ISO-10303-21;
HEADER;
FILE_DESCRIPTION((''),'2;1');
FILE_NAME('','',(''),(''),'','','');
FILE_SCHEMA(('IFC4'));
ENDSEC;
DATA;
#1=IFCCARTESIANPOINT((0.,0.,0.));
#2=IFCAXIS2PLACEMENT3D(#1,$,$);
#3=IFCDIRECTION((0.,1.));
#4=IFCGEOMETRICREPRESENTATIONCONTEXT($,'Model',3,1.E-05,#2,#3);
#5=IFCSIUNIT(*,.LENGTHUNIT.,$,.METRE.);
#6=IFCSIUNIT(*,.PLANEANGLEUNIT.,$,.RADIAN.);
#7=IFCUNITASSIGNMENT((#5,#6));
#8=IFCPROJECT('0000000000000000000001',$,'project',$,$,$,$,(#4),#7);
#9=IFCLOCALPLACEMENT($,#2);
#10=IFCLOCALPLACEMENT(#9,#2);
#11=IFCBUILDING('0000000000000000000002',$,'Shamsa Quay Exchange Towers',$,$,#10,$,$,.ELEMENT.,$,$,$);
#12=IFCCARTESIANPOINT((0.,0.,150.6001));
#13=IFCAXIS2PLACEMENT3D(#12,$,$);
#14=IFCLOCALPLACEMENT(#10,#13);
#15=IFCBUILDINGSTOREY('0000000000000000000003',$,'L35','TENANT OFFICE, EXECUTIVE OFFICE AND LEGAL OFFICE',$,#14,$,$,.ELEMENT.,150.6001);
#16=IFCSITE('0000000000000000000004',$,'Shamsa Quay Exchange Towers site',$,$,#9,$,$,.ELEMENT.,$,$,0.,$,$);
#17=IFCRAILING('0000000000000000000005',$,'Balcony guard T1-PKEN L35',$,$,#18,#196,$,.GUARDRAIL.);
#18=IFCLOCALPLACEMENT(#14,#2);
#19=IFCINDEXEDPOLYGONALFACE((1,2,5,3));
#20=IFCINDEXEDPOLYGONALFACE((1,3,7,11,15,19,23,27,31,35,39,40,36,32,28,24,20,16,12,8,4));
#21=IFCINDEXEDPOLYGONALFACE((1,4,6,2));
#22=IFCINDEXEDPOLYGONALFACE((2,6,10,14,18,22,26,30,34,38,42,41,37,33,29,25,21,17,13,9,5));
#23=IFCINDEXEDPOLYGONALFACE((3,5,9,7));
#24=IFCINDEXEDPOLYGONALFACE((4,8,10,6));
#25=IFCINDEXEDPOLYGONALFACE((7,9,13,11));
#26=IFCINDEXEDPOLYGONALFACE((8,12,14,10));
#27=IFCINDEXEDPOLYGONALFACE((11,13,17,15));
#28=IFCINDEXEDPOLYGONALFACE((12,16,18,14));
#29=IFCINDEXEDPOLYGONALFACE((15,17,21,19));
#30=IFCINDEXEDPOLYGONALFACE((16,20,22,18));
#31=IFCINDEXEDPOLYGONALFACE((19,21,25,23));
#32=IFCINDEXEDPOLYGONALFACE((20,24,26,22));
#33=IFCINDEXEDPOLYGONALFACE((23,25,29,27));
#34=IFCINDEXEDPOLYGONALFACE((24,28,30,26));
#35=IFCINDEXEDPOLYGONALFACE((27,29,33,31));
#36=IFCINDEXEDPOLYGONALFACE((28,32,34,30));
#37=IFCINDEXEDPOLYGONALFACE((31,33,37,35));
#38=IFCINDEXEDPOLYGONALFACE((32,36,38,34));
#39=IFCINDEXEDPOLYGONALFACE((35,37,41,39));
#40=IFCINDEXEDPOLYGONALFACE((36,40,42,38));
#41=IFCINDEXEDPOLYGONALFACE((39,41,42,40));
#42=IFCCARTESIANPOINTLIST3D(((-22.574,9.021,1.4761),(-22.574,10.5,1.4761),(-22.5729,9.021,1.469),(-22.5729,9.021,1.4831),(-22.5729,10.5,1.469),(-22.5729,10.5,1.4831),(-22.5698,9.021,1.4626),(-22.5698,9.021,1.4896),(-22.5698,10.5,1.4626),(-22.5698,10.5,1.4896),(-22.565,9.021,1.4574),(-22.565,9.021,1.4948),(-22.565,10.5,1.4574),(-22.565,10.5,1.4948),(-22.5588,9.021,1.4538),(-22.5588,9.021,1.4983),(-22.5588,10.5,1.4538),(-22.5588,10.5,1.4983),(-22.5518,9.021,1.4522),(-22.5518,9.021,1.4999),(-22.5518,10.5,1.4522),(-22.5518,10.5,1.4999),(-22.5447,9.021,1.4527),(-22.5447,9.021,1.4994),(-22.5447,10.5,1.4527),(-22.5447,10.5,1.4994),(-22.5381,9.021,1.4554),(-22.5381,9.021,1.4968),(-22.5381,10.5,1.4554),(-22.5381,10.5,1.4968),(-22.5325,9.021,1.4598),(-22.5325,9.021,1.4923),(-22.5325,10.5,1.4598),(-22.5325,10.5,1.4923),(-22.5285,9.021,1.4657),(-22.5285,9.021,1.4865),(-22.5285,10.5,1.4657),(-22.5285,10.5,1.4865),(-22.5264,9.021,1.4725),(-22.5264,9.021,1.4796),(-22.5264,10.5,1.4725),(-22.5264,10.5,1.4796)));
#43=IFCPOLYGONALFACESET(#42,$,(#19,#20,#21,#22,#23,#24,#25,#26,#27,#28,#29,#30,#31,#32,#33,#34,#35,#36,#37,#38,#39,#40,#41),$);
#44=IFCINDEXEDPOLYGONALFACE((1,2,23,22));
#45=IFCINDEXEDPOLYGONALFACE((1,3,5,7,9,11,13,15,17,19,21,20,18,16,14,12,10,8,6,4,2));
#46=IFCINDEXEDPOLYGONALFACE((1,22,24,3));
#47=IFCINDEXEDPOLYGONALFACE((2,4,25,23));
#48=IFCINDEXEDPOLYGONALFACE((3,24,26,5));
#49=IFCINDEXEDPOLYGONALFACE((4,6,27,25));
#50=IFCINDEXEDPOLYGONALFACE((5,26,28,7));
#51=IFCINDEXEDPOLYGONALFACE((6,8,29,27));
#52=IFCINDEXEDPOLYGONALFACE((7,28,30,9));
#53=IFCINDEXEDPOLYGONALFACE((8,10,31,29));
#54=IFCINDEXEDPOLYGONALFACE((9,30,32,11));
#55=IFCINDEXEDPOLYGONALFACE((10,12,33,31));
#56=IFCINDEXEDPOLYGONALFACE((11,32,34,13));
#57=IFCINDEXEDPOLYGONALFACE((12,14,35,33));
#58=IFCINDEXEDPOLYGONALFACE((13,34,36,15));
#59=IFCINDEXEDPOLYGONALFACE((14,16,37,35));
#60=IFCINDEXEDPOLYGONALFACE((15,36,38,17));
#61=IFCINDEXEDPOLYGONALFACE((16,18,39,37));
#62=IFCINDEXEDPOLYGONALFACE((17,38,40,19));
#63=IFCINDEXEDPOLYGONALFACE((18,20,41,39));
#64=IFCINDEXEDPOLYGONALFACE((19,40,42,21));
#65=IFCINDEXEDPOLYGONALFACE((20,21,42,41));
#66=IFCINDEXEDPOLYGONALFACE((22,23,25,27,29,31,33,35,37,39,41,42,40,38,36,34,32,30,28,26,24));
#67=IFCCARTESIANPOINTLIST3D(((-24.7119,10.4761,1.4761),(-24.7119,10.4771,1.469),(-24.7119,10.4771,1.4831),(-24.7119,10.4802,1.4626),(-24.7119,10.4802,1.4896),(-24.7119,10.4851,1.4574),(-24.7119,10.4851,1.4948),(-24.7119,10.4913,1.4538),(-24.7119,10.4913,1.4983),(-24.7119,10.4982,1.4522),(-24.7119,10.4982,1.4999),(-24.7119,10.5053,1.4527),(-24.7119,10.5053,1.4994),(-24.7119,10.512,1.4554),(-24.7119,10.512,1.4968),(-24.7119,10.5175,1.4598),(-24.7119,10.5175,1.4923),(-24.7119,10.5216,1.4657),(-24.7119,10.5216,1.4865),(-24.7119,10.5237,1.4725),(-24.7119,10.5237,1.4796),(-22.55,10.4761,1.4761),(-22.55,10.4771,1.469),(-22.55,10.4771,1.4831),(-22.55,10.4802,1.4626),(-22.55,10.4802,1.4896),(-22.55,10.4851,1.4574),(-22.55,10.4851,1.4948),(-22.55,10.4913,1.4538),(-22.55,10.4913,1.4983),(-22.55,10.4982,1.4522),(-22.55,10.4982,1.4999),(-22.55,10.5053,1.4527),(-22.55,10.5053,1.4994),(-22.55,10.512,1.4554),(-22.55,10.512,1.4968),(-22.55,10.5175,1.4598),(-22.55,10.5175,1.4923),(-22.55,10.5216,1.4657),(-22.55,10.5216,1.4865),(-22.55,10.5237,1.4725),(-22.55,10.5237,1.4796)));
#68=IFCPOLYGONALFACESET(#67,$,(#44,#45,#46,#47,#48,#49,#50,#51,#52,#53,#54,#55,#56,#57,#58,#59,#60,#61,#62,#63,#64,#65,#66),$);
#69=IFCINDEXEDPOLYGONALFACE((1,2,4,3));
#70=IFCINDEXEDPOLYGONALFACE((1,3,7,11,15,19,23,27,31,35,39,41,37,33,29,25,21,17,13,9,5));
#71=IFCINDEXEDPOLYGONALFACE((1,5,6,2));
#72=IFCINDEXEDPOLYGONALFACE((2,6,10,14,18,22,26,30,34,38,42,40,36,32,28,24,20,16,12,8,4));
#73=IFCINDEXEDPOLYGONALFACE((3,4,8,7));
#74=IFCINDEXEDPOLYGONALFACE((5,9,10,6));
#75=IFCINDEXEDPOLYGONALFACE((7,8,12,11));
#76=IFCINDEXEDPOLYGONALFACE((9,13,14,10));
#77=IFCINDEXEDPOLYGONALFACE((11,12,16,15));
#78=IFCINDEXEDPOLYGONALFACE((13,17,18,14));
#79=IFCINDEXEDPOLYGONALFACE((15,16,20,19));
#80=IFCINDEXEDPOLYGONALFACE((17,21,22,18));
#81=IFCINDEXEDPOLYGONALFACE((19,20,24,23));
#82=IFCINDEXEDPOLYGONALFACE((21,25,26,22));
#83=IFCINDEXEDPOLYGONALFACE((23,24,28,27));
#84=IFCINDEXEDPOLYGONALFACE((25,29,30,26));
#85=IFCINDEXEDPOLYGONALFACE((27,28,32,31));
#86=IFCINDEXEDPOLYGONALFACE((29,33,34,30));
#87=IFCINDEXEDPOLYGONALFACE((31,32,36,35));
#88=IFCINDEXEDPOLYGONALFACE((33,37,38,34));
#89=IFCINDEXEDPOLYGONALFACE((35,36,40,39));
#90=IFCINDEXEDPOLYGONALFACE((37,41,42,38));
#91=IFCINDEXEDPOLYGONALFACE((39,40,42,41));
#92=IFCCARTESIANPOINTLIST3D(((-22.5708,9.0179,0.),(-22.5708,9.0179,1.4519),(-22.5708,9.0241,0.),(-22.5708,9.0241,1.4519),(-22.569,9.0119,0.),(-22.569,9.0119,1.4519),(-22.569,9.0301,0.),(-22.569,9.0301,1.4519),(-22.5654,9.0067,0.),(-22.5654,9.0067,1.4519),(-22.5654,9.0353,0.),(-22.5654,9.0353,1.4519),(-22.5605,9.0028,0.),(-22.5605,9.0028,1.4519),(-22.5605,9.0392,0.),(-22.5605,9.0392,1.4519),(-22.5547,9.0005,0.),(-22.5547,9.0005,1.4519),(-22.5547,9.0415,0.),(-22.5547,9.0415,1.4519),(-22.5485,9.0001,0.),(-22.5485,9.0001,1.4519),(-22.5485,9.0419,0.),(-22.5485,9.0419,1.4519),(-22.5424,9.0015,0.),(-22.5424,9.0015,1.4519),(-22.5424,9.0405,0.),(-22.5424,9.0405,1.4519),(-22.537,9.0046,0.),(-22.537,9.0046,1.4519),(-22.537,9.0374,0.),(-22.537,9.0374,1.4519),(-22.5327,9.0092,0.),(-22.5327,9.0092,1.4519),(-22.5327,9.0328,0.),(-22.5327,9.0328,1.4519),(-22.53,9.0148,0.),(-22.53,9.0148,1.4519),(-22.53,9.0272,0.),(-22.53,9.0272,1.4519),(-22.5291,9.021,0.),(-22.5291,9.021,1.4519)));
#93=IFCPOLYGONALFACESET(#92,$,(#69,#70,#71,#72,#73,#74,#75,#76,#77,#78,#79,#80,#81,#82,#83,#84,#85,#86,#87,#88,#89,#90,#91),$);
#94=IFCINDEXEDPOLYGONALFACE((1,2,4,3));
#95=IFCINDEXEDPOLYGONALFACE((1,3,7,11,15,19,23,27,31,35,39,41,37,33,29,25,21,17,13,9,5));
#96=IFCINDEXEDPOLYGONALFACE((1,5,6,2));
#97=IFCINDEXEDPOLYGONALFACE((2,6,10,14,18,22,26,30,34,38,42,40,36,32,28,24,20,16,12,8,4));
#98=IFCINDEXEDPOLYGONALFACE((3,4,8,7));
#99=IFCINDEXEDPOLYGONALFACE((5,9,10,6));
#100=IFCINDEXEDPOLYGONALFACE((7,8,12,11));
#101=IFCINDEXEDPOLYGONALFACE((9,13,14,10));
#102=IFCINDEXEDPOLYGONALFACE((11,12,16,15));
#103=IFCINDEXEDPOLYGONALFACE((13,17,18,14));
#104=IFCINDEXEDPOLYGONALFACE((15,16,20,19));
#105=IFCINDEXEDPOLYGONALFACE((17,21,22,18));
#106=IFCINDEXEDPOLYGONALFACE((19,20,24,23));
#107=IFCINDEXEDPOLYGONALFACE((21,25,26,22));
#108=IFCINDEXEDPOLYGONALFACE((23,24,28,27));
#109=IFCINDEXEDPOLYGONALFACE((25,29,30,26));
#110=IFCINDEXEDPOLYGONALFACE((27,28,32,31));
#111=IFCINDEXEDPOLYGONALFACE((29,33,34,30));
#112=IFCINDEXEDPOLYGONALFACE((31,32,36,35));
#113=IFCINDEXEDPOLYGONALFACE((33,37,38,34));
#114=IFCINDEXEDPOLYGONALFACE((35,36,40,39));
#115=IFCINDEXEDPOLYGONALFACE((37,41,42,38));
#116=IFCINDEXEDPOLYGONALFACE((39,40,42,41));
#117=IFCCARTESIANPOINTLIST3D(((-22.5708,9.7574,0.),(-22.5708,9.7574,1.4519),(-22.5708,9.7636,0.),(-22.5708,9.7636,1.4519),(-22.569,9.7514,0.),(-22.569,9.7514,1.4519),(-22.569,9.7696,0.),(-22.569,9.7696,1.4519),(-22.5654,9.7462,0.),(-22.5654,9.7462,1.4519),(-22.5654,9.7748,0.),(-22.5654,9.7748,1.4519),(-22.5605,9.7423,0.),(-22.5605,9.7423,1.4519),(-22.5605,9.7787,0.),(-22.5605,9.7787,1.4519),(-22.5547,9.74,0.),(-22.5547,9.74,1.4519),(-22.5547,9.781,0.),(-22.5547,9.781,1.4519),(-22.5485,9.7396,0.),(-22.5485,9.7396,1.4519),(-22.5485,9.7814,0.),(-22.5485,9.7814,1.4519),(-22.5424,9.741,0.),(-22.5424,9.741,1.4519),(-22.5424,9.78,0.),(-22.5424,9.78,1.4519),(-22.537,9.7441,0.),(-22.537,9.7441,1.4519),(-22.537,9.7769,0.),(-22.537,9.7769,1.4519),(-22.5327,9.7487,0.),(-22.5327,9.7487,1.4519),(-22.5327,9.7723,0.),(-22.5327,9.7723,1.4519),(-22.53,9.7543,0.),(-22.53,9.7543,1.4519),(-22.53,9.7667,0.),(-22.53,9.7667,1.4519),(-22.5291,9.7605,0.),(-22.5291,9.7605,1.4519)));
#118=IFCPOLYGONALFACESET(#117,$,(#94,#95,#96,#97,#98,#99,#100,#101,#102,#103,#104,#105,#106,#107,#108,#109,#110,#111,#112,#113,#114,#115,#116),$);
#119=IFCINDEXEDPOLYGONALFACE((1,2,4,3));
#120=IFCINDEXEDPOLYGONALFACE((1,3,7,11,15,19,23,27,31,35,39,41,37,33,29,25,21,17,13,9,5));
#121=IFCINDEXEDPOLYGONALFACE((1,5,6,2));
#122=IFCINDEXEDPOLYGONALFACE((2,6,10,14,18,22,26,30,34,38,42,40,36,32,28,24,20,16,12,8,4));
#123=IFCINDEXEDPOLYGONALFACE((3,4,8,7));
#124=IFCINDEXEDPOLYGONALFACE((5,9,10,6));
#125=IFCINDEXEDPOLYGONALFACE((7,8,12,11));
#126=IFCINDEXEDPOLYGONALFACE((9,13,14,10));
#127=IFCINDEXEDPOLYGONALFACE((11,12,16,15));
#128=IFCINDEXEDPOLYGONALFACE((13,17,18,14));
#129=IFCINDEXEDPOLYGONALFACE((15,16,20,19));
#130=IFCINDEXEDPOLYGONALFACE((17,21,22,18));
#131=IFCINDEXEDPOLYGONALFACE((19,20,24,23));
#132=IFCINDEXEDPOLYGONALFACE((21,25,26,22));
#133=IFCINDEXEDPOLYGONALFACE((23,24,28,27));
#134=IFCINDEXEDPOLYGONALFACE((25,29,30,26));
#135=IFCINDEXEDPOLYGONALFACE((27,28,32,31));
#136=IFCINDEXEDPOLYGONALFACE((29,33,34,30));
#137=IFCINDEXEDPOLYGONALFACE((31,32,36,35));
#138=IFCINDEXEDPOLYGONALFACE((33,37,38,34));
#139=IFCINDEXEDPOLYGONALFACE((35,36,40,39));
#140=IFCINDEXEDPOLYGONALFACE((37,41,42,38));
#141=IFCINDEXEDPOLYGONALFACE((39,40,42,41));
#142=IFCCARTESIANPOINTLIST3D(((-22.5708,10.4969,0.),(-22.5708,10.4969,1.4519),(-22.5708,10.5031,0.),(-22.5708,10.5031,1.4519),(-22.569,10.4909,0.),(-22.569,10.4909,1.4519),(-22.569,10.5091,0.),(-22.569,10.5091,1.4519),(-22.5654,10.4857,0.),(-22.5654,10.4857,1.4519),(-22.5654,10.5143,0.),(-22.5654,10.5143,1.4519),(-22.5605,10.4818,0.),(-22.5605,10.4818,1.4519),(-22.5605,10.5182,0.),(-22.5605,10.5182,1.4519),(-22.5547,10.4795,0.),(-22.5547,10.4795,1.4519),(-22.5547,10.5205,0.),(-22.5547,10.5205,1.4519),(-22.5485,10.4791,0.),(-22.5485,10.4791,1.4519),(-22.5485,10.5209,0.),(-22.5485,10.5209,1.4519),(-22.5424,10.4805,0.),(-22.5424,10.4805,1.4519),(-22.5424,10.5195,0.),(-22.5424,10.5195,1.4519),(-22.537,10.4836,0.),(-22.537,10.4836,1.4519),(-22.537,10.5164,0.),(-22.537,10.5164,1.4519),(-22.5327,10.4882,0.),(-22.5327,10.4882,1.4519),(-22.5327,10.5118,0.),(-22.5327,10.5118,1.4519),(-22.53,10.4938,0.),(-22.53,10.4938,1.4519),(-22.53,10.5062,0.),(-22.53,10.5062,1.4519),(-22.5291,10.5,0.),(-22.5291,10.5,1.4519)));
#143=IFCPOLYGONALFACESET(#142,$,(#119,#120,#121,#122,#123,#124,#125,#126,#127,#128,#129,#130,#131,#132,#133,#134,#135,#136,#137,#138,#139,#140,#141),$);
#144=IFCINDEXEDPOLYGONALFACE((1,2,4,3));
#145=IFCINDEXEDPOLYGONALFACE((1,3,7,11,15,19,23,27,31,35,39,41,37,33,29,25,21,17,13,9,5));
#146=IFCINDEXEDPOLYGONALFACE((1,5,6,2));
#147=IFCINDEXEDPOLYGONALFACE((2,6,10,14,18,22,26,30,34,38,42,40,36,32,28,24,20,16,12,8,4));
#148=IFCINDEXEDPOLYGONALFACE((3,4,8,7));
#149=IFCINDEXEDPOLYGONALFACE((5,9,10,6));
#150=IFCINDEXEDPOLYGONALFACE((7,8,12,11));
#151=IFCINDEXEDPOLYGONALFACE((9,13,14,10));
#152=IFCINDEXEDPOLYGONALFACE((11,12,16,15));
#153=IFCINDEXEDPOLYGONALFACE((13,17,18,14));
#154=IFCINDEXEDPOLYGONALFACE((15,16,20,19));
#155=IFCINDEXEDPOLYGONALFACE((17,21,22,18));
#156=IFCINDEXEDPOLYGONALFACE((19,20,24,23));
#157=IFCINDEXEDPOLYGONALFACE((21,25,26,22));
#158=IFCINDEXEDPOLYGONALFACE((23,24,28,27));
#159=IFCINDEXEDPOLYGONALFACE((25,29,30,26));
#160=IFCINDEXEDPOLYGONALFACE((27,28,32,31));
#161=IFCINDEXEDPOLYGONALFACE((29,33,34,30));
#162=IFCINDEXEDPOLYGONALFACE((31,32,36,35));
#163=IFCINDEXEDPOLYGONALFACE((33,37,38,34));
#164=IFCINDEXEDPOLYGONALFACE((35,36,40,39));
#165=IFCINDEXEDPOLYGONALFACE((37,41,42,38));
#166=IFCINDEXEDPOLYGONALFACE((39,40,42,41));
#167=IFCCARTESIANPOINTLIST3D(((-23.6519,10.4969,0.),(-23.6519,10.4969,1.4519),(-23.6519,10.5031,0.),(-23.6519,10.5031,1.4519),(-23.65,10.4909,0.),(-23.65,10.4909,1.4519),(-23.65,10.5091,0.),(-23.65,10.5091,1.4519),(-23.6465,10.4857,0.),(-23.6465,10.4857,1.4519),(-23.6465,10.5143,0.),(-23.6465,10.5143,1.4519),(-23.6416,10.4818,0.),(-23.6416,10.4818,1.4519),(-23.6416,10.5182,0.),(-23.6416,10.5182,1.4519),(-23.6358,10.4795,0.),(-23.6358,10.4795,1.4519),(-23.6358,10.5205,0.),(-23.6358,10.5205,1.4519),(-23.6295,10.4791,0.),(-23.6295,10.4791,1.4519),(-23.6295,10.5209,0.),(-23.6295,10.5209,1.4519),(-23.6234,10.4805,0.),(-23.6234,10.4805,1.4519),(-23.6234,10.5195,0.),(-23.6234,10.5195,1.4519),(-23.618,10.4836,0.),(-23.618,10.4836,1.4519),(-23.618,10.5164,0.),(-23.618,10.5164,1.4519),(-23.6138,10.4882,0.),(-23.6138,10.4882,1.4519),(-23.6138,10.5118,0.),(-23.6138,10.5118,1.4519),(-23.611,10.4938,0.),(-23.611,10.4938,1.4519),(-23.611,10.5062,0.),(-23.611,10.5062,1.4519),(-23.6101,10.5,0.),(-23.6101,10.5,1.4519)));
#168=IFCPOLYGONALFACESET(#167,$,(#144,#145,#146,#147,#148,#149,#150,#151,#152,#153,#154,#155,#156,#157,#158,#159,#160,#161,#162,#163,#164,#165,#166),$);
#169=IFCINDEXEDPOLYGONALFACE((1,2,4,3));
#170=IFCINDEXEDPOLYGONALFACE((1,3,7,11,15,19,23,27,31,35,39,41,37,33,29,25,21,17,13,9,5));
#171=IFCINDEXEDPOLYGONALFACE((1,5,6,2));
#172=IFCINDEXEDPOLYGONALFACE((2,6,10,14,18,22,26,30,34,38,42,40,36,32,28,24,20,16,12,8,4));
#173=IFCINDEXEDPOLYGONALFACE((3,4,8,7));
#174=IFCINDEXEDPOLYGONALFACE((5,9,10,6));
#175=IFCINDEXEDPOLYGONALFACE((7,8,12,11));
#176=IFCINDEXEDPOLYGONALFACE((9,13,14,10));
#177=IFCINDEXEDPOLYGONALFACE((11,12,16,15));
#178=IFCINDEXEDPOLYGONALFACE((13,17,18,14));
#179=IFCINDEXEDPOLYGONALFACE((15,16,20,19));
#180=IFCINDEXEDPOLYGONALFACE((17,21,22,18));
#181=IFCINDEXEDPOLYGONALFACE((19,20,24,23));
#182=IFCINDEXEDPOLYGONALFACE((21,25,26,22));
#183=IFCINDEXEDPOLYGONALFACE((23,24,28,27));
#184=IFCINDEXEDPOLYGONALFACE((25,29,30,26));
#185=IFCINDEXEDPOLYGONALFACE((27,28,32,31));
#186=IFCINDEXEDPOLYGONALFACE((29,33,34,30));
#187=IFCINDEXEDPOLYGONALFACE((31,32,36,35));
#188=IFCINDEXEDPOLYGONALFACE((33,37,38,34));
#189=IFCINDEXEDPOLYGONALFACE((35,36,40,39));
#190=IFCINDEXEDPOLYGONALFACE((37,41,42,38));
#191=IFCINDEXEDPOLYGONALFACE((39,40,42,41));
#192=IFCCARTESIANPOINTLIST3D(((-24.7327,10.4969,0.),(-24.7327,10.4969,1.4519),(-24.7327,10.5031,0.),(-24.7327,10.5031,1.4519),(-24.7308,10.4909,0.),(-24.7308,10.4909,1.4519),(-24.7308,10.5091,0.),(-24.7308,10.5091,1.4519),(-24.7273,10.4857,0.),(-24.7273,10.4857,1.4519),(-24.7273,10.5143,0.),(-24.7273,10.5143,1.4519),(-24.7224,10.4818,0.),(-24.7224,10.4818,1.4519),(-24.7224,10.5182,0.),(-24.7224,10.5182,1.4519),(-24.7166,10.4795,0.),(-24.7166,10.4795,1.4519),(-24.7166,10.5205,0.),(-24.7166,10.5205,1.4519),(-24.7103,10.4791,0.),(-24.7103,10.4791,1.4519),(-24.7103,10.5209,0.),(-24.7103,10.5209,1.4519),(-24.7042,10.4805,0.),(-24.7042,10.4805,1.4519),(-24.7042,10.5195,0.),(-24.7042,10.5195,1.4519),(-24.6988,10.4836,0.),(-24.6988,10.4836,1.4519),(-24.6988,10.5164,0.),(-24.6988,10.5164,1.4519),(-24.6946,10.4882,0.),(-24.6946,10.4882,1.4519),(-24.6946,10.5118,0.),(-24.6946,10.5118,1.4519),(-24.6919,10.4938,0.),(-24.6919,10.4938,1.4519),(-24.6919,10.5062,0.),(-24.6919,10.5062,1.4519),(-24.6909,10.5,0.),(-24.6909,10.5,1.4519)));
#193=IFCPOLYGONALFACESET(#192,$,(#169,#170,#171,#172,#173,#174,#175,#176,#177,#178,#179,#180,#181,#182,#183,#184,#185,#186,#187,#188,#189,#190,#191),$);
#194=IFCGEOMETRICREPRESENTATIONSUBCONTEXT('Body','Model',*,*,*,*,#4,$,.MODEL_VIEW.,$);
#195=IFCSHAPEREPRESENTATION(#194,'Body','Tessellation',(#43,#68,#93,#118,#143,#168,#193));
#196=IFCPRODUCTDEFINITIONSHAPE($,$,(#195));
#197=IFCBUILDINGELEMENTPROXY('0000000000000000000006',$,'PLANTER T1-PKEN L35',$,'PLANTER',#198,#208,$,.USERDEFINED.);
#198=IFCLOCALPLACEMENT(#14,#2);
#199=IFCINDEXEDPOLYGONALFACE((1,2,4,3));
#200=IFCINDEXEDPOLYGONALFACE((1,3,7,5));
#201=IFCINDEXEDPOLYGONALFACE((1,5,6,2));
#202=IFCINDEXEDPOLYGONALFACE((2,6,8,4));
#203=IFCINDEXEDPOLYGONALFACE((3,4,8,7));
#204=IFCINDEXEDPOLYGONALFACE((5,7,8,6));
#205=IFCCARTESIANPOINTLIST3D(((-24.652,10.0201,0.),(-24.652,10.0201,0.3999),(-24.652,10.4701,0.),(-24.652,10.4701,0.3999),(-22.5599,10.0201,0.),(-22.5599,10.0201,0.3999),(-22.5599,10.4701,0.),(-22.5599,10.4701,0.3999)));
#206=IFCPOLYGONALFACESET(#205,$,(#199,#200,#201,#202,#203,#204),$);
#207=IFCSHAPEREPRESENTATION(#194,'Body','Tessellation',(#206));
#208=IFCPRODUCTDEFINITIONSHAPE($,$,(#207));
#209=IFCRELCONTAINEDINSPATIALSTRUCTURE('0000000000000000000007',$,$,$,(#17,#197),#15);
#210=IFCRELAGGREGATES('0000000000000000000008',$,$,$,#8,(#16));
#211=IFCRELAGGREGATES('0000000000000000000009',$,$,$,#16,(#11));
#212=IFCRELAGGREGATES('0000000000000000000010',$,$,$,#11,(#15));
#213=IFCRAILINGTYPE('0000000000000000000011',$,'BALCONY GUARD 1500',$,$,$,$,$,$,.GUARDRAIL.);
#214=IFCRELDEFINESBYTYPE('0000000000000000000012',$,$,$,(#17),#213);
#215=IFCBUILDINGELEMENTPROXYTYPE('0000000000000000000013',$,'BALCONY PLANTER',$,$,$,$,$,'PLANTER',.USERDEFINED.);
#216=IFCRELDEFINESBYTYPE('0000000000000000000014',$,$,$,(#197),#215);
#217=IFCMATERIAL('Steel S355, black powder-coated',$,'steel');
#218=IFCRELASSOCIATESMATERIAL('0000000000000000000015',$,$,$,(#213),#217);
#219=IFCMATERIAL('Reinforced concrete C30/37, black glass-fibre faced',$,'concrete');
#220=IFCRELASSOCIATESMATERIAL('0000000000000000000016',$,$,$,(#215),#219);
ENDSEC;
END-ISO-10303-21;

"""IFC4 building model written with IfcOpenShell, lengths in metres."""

from ifc_helpers import new_model, si_unit, direction, frame, origin, origin_2d, place, context, subcontext, project, spatial, rectangle, circle, extrude, material, type_object, element, save


model = new_model("IFC4")

# Units and contexts
model_context = context("Model", 3, precision=1e-05, world=origin(), true_north=direction((0.0, 1.0)))
body_context = subcontext(model_context, "Body", "Model", "MODEL_VIEW")
ifc_project = project(units=[si_unit("LENGTHUNIT", "METRE"), si_unit("PLANEANGLEUNIT", "RADIAN")], contexts=[model_context])

# Site, building, storey
site_placement = place(None, origin())
site = spatial("IfcSite", under=ifc_project, at=site_placement, Name="Shamsa Quay Exchange Towers site", CompositionType="ELEMENT", RefElevation=0.0)
building_placement = place(site_placement, origin())
building = spatial("IfcBuilding", under=site, at=building_placement, Name="Shamsa Quay Exchange Towers", CompositionType="ELEMENT")
storey_placement = place(building_placement, frame((0.0, 0.0, 150.6001)))
storey = spatial("IfcBuildingStorey", under=building, at=storey_placement, Name="L35", Description="TENANT OFFICE, EXECUTIVE OFFICE AND LEGAL OFFICE", CompositionType="ELEMENT", Elevation=150.6001)

# Railing
ifc_material_1 = material(Name="Steel S355, black powder-coated", Category="steel")
railing_type = type_object("IfcRailingType", Name="BALCONY GUARD 1500", PredefinedType="GUARDRAIL", material=ifc_material_1)
railing_placement = place(storey_placement, frame((-22.55, 9.021, 0.0)))
element("IfcRailing", 1, at=railing_placement, inside=storey, type_object=railing_type, Name="Balcony guard T1-PKEN L35", PredefinedType="GUARDRAIL", context=body_context, shape_type="SweptSolid", body=[
    extrude(circle(Radius=0.0239, at=origin_2d()), frame((0.0, 0.0, 1.4761), z_axis=(0.0, 1.0, 0.0), x_axis=(-1.0, 0.0, 0.0)), (0.0, 0.0, 1.0), 1.479),
    extrude(circle(Radius=0.0239, at=origin_2d()), frame((0.0, 1.479, 1.4761), z_axis=(-1.0, 0.0, 0.0), x_axis=(0.0, -1.0, 0.0)), (0.0, 0.0, 1.0), 2.1619),
    extrude(circle(Radius=0.021, at=origin_2d()), origin(), (0.0, 0.0, 1.0), 1.4519),
    extrude(circle(Radius=0.021, at=origin_2d()), frame((0.0, 0.7395, 0.0)), (0.0, 0.0, 1.0), 1.4519),
    extrude(circle(Radius=0.021, at=origin_2d()), frame((0.0, 1.479, 0.0)), (0.0, 0.0, 1.0), 1.4519),
    extrude(circle(Radius=0.021, at=origin_2d()), frame((-1.0811, 1.479, 0.0)), (0.0, 0.0, 1.0), 1.4519),
    extrude(circle(Radius=0.021, at=origin_2d()), frame((-2.1619, 1.479, 0.0)), (0.0, 0.0, 1.0), 1.4519),
])

# Building element proxy
ifc_material_2 = material(Name="Reinforced concrete C30/37, black glass-fibre faced", Category="concrete")
building_element_proxy_type = type_object("IfcBuildingElementProxyType", Name="BALCONY PLANTER", ElementType="PLANTER", PredefinedType="USERDEFINED", material=ifc_material_2)
proxy_placement = place(storey_placement, frame((-23.606, 10.2451, 0.0), z_axis=(0.0, 0.0, 1.0), x_axis=(-1.0, 0.0, 0.0)))
element("IfcBuildingElementProxy", 2, at=proxy_placement, inside=storey, type_object=building_element_proxy_type, Name="PLANTER T1-PKEN L35", ObjectType="PLANTER", PredefinedType="USERDEFINED", context=body_context, shape_type="SweptSolid", body=[
    extrude(rectangle(XDim=2.092, YDim=0.45, at=origin_2d()), origin(), (0.0, 0.0, 1.0), 0.3999),
])

save(model, "model.ifc")
